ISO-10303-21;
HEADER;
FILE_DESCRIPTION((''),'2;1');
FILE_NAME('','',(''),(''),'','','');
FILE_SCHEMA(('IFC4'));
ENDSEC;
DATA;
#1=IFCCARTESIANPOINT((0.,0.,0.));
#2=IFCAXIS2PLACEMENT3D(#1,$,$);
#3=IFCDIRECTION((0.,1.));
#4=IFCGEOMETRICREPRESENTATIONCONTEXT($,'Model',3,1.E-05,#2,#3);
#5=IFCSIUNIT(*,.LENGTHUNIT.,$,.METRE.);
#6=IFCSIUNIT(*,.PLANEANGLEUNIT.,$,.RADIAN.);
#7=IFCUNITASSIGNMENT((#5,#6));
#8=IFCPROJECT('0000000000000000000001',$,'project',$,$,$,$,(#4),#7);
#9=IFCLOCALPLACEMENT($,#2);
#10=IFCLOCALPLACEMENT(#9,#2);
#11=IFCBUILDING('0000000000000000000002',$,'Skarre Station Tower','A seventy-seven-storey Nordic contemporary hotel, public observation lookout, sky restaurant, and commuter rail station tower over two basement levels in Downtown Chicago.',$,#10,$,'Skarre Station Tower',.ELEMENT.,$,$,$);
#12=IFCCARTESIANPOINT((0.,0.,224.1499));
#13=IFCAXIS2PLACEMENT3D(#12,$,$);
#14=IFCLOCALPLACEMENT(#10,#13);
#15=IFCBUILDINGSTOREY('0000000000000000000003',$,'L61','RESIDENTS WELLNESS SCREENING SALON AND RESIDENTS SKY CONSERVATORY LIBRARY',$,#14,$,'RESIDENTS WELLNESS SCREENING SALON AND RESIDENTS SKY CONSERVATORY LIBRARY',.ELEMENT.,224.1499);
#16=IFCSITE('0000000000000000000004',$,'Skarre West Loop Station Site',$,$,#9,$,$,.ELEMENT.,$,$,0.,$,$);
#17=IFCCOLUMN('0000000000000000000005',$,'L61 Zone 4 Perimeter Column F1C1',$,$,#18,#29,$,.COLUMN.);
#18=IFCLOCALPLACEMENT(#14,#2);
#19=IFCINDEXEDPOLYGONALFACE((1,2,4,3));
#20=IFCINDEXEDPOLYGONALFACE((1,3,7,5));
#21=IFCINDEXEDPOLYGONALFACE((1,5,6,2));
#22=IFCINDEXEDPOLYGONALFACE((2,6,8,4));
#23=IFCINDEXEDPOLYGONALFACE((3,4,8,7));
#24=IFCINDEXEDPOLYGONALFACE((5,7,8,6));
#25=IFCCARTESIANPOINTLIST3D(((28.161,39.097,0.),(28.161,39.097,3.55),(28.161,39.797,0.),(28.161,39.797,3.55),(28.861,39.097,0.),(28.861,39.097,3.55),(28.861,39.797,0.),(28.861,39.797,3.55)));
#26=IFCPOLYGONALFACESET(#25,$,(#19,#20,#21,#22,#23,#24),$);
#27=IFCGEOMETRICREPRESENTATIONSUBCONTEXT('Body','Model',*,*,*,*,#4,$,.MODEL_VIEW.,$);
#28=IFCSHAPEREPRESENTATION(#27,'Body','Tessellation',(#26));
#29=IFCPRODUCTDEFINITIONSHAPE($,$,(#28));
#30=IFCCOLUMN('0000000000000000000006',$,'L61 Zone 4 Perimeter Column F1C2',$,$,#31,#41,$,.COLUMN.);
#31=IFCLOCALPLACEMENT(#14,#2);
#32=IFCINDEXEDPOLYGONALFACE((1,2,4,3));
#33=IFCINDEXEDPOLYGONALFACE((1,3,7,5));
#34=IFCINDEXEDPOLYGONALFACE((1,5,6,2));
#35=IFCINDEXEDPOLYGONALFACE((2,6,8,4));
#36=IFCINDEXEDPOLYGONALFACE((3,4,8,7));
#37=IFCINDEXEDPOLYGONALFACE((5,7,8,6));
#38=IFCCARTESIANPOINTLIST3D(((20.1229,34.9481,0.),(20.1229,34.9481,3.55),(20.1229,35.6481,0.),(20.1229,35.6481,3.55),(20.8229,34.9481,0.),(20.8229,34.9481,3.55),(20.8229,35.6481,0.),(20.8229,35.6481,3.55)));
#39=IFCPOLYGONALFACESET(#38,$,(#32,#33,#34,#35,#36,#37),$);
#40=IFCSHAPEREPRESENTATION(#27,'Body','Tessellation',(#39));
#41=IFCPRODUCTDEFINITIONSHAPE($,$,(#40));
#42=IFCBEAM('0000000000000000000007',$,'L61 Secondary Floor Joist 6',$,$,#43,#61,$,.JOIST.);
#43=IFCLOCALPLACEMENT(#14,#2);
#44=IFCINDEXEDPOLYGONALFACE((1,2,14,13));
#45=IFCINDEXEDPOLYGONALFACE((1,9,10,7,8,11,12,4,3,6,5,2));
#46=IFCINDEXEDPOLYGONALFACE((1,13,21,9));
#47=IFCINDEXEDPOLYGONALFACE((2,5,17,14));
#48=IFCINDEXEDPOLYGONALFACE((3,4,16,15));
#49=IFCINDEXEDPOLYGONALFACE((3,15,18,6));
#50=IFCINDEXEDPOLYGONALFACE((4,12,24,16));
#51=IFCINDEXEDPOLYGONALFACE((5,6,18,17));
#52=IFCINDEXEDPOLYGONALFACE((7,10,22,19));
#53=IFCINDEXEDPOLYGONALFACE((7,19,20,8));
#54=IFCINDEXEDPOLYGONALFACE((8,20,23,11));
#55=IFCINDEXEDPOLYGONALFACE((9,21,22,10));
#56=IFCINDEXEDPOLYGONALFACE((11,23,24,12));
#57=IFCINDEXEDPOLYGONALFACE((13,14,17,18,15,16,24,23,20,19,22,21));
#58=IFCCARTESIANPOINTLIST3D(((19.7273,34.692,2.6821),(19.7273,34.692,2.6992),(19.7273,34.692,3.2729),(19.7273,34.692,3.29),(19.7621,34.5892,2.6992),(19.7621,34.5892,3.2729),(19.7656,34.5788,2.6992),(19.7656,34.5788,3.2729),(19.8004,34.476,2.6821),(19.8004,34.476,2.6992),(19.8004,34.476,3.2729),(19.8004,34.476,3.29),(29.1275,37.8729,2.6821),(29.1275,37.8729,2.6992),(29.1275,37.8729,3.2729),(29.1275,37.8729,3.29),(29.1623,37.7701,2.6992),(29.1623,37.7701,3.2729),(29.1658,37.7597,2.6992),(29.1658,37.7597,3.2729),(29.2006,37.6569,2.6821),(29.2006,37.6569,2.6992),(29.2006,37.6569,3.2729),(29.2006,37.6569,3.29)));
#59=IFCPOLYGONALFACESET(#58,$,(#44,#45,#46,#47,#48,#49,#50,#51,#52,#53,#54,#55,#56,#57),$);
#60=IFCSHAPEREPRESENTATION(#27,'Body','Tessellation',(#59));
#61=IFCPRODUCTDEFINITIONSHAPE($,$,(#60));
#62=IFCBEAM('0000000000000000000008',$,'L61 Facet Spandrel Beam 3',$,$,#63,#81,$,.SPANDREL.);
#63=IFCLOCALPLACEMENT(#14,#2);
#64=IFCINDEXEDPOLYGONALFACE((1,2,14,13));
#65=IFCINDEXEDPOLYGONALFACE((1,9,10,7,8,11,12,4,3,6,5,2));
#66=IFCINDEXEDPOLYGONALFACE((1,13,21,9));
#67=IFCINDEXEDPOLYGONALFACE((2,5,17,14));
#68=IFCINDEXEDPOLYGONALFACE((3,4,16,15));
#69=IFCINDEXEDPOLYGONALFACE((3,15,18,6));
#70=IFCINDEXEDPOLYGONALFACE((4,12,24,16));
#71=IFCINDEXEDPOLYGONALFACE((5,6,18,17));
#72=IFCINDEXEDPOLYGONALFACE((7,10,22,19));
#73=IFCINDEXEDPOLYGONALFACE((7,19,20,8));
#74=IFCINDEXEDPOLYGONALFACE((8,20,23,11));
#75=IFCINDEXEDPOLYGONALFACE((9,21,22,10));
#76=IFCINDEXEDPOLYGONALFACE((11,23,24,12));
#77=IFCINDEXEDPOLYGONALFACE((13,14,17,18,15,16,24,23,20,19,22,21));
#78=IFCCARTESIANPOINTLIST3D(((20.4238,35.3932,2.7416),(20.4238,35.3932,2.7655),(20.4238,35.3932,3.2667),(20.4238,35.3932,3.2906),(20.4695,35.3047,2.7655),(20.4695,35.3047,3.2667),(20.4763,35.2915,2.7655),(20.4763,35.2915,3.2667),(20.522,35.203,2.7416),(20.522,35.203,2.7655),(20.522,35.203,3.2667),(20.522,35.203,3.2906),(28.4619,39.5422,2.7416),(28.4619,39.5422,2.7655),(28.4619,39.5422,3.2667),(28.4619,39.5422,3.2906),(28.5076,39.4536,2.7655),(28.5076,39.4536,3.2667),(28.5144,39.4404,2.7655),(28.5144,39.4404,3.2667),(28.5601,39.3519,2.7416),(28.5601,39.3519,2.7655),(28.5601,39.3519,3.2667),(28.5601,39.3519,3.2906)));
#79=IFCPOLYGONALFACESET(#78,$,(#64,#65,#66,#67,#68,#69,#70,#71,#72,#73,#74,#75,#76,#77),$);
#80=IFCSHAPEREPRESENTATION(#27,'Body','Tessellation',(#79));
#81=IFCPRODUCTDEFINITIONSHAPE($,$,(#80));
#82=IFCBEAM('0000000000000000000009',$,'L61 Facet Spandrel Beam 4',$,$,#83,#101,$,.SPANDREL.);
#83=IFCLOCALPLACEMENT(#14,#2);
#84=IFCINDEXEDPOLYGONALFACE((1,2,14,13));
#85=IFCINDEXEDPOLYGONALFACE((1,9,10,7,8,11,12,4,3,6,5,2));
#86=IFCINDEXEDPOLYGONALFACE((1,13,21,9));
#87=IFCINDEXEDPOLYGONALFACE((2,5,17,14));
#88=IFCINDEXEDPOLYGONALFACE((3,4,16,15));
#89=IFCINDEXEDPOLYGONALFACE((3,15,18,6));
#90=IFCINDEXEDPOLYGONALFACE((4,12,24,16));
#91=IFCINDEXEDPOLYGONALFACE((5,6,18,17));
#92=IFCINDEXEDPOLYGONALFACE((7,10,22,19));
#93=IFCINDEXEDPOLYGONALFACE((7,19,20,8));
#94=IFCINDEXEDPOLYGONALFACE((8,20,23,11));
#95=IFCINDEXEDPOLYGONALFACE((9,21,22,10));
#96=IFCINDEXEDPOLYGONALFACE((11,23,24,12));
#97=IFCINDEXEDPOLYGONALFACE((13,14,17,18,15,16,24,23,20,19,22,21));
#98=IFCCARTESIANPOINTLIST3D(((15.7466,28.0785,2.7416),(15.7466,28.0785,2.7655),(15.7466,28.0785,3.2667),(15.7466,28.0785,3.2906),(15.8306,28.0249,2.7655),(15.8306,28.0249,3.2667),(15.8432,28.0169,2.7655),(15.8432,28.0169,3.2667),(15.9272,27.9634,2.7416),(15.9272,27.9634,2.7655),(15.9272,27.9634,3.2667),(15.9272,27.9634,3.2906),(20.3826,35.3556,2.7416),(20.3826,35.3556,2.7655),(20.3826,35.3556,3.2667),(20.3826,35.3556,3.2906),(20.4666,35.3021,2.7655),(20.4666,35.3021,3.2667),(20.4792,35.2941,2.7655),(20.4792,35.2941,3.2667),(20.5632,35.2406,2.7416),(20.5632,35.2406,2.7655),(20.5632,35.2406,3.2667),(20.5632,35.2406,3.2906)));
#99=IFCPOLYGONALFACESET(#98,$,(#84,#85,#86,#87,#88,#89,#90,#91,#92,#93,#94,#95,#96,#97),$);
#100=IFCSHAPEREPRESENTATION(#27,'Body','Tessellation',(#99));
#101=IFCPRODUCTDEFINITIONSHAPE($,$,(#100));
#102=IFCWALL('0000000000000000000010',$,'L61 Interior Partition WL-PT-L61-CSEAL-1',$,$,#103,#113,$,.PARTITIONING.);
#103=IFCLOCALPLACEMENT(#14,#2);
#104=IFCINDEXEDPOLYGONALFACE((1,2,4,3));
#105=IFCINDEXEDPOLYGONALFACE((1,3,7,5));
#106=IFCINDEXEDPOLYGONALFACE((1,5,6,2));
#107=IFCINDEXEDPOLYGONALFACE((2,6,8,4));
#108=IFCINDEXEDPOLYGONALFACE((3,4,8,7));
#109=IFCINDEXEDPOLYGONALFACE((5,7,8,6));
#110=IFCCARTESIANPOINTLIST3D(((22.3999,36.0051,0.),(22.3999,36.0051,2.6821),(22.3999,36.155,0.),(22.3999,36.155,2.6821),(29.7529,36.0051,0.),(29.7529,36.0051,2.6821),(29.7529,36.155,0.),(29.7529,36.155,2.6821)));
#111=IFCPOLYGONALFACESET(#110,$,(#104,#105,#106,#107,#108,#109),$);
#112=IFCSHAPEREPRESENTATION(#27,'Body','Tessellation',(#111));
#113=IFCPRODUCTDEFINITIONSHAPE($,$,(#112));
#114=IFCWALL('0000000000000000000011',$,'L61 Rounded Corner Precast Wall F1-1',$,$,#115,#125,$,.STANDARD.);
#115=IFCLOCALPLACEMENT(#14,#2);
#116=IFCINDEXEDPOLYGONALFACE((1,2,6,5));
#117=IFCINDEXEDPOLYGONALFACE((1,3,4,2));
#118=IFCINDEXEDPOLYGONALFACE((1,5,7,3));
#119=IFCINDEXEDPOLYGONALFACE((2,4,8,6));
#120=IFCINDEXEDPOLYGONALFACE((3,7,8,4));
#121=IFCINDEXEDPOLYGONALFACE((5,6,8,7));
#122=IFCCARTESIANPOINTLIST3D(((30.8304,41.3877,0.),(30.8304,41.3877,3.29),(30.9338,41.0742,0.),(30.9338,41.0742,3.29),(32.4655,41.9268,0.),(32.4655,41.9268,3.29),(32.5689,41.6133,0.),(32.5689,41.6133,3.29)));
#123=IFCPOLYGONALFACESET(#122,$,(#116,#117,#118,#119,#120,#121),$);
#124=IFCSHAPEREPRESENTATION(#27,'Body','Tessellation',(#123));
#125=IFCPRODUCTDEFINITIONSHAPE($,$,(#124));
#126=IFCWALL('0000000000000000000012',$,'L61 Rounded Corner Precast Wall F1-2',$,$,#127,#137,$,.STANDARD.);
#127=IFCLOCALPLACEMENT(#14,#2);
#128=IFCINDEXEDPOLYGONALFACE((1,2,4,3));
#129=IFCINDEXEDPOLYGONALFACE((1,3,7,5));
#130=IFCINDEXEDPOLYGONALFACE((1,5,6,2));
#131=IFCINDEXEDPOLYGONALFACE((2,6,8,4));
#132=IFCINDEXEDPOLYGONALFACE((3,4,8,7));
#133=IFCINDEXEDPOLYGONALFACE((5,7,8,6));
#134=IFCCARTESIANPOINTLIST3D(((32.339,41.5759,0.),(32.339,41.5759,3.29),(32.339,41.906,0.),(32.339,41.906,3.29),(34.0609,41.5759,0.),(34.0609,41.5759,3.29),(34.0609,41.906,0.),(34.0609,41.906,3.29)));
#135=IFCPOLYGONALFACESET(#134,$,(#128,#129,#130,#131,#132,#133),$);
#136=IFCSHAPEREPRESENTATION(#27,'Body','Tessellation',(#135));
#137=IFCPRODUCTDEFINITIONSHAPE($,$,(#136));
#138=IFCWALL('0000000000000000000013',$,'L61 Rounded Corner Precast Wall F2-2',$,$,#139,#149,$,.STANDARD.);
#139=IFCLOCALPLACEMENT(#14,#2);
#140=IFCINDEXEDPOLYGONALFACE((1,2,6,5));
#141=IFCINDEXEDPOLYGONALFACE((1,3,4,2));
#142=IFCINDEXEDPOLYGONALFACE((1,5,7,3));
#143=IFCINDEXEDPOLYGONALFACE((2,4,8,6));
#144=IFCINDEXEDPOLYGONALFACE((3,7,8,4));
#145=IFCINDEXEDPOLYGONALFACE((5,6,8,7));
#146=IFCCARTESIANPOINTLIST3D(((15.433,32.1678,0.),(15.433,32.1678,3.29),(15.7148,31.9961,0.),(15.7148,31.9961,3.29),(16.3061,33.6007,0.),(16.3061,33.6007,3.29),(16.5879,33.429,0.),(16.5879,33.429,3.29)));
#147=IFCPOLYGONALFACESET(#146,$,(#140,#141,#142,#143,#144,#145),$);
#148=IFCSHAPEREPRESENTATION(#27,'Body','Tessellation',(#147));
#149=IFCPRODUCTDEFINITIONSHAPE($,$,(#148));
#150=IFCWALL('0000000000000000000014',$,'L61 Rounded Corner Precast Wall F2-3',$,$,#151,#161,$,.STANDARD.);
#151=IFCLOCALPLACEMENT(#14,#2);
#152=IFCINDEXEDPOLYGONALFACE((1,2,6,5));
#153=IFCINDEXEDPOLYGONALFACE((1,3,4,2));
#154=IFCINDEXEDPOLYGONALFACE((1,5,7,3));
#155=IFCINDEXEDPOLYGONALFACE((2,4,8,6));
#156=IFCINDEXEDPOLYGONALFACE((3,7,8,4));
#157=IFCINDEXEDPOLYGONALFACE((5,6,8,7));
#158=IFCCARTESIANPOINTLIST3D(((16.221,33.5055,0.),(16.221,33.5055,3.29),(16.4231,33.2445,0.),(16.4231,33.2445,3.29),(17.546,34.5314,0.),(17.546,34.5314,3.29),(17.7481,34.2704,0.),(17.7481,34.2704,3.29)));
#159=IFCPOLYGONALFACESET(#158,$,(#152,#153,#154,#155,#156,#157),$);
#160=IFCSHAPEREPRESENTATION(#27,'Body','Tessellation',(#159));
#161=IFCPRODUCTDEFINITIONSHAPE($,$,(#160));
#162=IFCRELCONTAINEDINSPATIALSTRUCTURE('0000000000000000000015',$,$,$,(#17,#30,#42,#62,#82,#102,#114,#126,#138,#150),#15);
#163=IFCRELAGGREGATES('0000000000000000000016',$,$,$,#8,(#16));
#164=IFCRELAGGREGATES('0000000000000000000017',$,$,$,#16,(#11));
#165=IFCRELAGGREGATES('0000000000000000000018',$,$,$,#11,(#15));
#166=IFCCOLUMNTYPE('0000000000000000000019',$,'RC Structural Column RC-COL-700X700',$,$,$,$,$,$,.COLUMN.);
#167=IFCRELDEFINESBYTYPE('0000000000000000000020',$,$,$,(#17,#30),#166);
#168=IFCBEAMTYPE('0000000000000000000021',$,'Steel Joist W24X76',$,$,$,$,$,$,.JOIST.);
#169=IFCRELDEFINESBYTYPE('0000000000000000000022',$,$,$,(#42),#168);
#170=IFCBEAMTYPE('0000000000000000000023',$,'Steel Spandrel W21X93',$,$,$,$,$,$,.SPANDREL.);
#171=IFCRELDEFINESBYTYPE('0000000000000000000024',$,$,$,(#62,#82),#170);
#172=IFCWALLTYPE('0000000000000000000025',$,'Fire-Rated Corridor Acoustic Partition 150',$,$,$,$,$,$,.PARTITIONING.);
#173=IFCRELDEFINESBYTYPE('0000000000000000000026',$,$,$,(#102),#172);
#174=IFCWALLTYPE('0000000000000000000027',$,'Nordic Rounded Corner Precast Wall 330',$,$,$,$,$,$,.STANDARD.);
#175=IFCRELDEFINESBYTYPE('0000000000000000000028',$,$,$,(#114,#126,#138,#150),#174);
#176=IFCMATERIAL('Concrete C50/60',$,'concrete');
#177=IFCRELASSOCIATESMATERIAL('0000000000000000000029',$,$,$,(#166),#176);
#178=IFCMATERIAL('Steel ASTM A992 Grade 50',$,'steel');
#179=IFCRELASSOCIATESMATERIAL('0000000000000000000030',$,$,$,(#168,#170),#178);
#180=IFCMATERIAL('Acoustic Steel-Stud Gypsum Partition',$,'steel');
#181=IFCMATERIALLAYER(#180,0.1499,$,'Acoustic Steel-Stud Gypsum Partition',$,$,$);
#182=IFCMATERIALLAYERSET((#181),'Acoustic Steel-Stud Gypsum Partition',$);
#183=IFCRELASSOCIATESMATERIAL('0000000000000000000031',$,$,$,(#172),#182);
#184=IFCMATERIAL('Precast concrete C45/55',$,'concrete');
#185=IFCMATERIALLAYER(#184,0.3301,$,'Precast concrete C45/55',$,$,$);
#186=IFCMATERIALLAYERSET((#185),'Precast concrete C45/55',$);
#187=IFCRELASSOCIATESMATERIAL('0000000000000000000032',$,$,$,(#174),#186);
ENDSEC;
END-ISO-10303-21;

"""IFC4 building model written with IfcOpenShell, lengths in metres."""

from ifc_helpers import new_model, si_unit, direction, frame, frame_2d, origin, origin_2d, place, context, subcontext, project, spatial, rectangle, i_section, extrude, material, layer, layer_set, material_profile, profile_set, type_object, element, save


model = new_model("IFC4")

# Units and contexts
model_context = context("Model", 3, precision=1e-05, world=origin(), true_north=direction((0.0, 1.0)))
body_context = subcontext(model_context, "Body", "Model", "MODEL_VIEW")
ifc_project = project(units=[si_unit("LENGTHUNIT", "METRE"), si_unit("PLANEANGLEUNIT", "RADIAN")], contexts=[model_context])

# Site, building, storey
site_placement = place(None, origin())
site = spatial("IfcSite", under=ifc_project, at=site_placement, Name="Skarre West Loop Station Site", CompositionType="ELEMENT", RefElevation=0.0)
building_placement = place(site_placement, origin())
building = spatial("IfcBuilding", under=site, at=building_placement, Name="Skarre Station Tower", Description="A seventy-seven-storey Nordic contemporary hotel, public observation lookout, sky restaurant, and commuter rail station tower over two basement levels in Downtown Chicago.", LongName="Skarre Station Tower", CompositionType="ELEMENT")
storey_placement = place(building_placement, frame((0.0, 0.0, 224.1499)))
storey = spatial("IfcBuildingStorey", under=building, at=storey_placement, Name="L61", Description="RESIDENTS WELLNESS SCREENING SALON AND RESIDENTS SKY CONSERVATORY LIBRARY", LongName="RESIDENTS WELLNESS SCREENING SALON AND RESIDENTS SKY CONSERVATORY LIBRARY", CompositionType="ELEMENT", Elevation=224.1499)

# Columns
ifc_material_1 = material(Name="Concrete C50/60", Category="concrete")
ifc_material_profile_1 = material_profile(ifc_material_1, rectangle(XDim=0.7, YDim=0.7, at=origin_2d()), Name="Concrete C50/60")
ifc_profile_set_1 = profile_set([ifc_material_profile_1], Name="Concrete C50/60")
column_type = type_object("IfcColumnType", Name="RC Structural Column RC-COL-700X700", PredefinedType="COLUMN", material=ifc_profile_set_1)
for number, where, z_axis, x_axis, name in (
    (1, (28.511, 39.447, 0.0), (0.0, 0.0, 1.0), (1.0, 0.0, 0.0), "L61 Zone 4 Perimeter Column F1C1"),
    (2, (20.4729, 35.2981, 0.0), (0.0, 0.0, 1.0), (1.0, 0.0, 0.0), "L61 Zone 4 Perimeter Column F1C2"),
):
    element("IfcColumn", number, at=place(storey_placement, frame(where, z_axis=z_axis, x_axis=x_axis)), inside=storey, type_object=column_type, Name=name, PredefinedType="COLUMN", context=body_context, shape_type="SweptSolid", body=[
        extrude(rectangle(XDim=0.7, YDim=0.7, at=origin_2d()), origin(), (0.0, 0.0, 1.0), 3.55),
    ])

# Beams
ifc_material_2 = material(Name="Steel ASTM A992 Grade 50", Category="steel")
ifc_material_profile_2 = material_profile(ifc_material_2, i_section(OverallWidth=0.228, OverallDepth=0.6079, WebThickness=0.011, FlangeThickness=0.0171, at=origin_2d()), Name="Steel ASTM A992 Grade 50")
ifc_profile_set_2 = profile_set([ifc_material_profile_2], Name="Steel ASTM A992 Grade 50")
beam_type_1 = type_object("IfcBeamType", Name="Steel Joist W24X76", PredefinedType="JOIST", material=ifc_profile_set_2)
beam_1_placement = place(storey_placement, frame((29.1641, 37.7649, 2.9861), z_axis=(-0.947237, -0.320535, 0.0), x_axis=(0.320535, -0.947237, 0.0)))
element("IfcBeam", 3, at=beam_1_placement, inside=storey, type_object=beam_type_1, Name="L61 Secondary Floor Joist 6", PredefinedType="JOIST", context=body_context, shape_type="SweptSolid", body=[
    extrude(i_section(OverallWidth=0.228, OverallDepth=0.6079, WebThickness=0.011, FlangeThickness=0.0171, at=origin_2d()), origin(), (0.0, 0.0, 1.0), 9.9238),
])
ifc_material_profile_3 = material_profile(ifc_material_2, i_section(OverallWidth=0.2141, OverallDepth=0.5491, WebThickness=0.0149, FlangeThickness=0.0239, at=origin_2d()), Name="Steel ASTM A992 Grade 50")
ifc_profile_set_3 = profile_set([ifc_material_profile_3], Name="Steel ASTM A992 Grade 50")
beam_type_2 = type_object("IfcBeamType", Name="Steel Spandrel W21X93", PredefinedType="SPANDREL", material=ifc_profile_set_3)
beam_2_placement = place(storey_placement, frame((28.511, 39.447, 3.0161), z_axis=(-0.88861, -0.458664, 0.0), x_axis=(0.458664, -0.88861, 0.0)))
element("IfcBeam", 4, at=beam_2_placement, inside=storey, type_object=beam_type_2, Name="L61 Facet Spandrel Beam 3", PredefinedType="SPANDREL", context=body_context, shape_type="SweptSolid", body=[
    extrude(i_section(OverallWidth=0.2141, OverallDepth=0.5491, WebThickness=0.0149, FlangeThickness=0.0239, at=origin_2d()), origin(), (0.0, 0.0, 1.0), 9.0457),
])
beam_3_placement = place(storey_placement, frame((20.4729, 35.2981, 3.0161), z_axis=(-0.537297, -0.843393, 0.0), x_axis=(0.843393, -0.537297, 0.0)))
element("IfcBeam", 5, at=beam_3_placement, inside=storey, type_object=beam_type_2, Name="L61 Facet Spandrel Beam 4", PredefinedType="SPANDREL", context=body_context, shape_type="SweptSolid", body=[
    extrude(i_section(OverallWidth=0.2141, OverallDepth=0.5491, WebThickness=0.0149, FlangeThickness=0.0239, at=origin_2d()), origin(), (0.0, 0.0, 1.0), 8.6284),
])

# Walls
ifc_material_3 = material(Name="Acoustic Steel-Stud Gypsum Partition", Category="steel")
ifc_layer_1 = layer(ifc_material_3, 0.1499, Name="Acoustic Steel-Stud Gypsum Partition")
ifc_layer_set_1 = layer_set([ifc_layer_1], Name="Acoustic Steel-Stud Gypsum Partition")
wall_type_1 = type_object("IfcWallType", Name="Fire-Rated Corridor Acoustic Partition 150", PredefinedType="PARTITIONING", material=ifc_layer_set_1)
wall_1_placement = place(storey_placement, frame((29.7529, 36.0801, 0.0), z_axis=(0.0, 0.0, 1.0), x_axis=(-1.0, 0.0, 0.0)))
element("IfcWall", 6, at=wall_1_placement, inside=storey, type_object=wall_type_1, Name="L61 Interior Partition WL-PT-L61-CSEAL-1", PredefinedType="PARTITIONING", context=body_context, shape_type="SweptSolid", body=[
    extrude(rectangle(XDim=7.353, YDim=0.1499, at=frame_2d((3.6765, 0.0))), origin(), (0.0, 0.0, 1.0), 2.6821),
])
ifc_material_4 = material(Name="Precast concrete C45/55", Category="concrete")
ifc_layer_2 = layer(ifc_material_4, 0.3301, Name="Precast concrete C45/55")
ifc_layer_set_2 = layer_set([ifc_layer_2], Name="Precast concrete C45/55")
wall_type_2 = type_object("IfcWallType", Name="Nordic Rounded Corner Precast Wall 330", PredefinedType="STANDARD", material=ifc_layer_set_2)
wall_2_placement = place(storey_placement, frame((30.8821, 41.231, 0.0), z_axis=(0.0, 0.0, 1.0), x_axis=(0.949713, 0.31312, 0.0)))
element("IfcWall", 7, at=wall_2_placement, inside=storey, type_object=wall_type_2, Name="L61 Rounded Corner Precast Wall F1-1", PredefinedType="STANDARD", context=body_context, shape_type="SweptSolid", body=[
    extrude(rectangle(XDim=1.7217, YDim=0.3301, at=frame_2d((0.8608, 0.0))), origin(), (0.0, 0.0, 1.0), 3.29),
])
wall_3_placement = place(storey_placement, frame((32.3391, 41.741, 0.0), z_axis=(0.0, 0.0, 1.0), x_axis=(1.0, 0.0, 0.0)))
element("IfcWall", 8, at=wall_3_placement, inside=storey, type_object=wall_type_2, Name="L61 Rounded Corner Precast Wall F1-2", PredefinedType="STANDARD", context=body_context, shape_type="SweptSolid", body=[
    extrude(rectangle(XDim=1.7219, YDim=0.3301, at=frame_2d((0.8608, 0.0))), origin(), (0.0, 0.0, 1.0), 3.29),
])
wall_4_placement = place(storey_placement, frame((15.574, 32.082, 0.0), z_axis=(0.0, 0.0, 1.0), x_axis=(0.520325, 0.853968, 0.0)))
element("IfcWall", 9, at=wall_4_placement, inside=storey, type_object=wall_type_2, Name="L61 Rounded Corner Precast Wall F2-2", PredefinedType="STANDARD", context=body_context, shape_type="SweptSolid", body=[
    extrude(rectangle(XDim=1.678, YDim=0.3301, at=frame_2d((0.8389, 0.0))), origin(), (0.0, 0.0, 1.0), 3.29),
])
wall_5_placement = place(storey_placement, frame((16.322, 33.375, 0.0), z_axis=(0.0, 0.0, 1.0), x_axis=(0.790692, 0.612214, 0.0)))
element("IfcWall", 10, at=wall_5_placement, inside=storey, type_object=wall_type_2, Name="L61 Rounded Corner Precast Wall F2-3", PredefinedType="STANDARD", context=body_context, shape_type="SweptSolid", body=[
    extrude(rectangle(XDim=1.6758, YDim=0.3301, at=frame_2d((0.8379, 0.0))), origin(), (0.0, 0.0, 1.0), 3.29),
])

save(model, "model.ifc")
